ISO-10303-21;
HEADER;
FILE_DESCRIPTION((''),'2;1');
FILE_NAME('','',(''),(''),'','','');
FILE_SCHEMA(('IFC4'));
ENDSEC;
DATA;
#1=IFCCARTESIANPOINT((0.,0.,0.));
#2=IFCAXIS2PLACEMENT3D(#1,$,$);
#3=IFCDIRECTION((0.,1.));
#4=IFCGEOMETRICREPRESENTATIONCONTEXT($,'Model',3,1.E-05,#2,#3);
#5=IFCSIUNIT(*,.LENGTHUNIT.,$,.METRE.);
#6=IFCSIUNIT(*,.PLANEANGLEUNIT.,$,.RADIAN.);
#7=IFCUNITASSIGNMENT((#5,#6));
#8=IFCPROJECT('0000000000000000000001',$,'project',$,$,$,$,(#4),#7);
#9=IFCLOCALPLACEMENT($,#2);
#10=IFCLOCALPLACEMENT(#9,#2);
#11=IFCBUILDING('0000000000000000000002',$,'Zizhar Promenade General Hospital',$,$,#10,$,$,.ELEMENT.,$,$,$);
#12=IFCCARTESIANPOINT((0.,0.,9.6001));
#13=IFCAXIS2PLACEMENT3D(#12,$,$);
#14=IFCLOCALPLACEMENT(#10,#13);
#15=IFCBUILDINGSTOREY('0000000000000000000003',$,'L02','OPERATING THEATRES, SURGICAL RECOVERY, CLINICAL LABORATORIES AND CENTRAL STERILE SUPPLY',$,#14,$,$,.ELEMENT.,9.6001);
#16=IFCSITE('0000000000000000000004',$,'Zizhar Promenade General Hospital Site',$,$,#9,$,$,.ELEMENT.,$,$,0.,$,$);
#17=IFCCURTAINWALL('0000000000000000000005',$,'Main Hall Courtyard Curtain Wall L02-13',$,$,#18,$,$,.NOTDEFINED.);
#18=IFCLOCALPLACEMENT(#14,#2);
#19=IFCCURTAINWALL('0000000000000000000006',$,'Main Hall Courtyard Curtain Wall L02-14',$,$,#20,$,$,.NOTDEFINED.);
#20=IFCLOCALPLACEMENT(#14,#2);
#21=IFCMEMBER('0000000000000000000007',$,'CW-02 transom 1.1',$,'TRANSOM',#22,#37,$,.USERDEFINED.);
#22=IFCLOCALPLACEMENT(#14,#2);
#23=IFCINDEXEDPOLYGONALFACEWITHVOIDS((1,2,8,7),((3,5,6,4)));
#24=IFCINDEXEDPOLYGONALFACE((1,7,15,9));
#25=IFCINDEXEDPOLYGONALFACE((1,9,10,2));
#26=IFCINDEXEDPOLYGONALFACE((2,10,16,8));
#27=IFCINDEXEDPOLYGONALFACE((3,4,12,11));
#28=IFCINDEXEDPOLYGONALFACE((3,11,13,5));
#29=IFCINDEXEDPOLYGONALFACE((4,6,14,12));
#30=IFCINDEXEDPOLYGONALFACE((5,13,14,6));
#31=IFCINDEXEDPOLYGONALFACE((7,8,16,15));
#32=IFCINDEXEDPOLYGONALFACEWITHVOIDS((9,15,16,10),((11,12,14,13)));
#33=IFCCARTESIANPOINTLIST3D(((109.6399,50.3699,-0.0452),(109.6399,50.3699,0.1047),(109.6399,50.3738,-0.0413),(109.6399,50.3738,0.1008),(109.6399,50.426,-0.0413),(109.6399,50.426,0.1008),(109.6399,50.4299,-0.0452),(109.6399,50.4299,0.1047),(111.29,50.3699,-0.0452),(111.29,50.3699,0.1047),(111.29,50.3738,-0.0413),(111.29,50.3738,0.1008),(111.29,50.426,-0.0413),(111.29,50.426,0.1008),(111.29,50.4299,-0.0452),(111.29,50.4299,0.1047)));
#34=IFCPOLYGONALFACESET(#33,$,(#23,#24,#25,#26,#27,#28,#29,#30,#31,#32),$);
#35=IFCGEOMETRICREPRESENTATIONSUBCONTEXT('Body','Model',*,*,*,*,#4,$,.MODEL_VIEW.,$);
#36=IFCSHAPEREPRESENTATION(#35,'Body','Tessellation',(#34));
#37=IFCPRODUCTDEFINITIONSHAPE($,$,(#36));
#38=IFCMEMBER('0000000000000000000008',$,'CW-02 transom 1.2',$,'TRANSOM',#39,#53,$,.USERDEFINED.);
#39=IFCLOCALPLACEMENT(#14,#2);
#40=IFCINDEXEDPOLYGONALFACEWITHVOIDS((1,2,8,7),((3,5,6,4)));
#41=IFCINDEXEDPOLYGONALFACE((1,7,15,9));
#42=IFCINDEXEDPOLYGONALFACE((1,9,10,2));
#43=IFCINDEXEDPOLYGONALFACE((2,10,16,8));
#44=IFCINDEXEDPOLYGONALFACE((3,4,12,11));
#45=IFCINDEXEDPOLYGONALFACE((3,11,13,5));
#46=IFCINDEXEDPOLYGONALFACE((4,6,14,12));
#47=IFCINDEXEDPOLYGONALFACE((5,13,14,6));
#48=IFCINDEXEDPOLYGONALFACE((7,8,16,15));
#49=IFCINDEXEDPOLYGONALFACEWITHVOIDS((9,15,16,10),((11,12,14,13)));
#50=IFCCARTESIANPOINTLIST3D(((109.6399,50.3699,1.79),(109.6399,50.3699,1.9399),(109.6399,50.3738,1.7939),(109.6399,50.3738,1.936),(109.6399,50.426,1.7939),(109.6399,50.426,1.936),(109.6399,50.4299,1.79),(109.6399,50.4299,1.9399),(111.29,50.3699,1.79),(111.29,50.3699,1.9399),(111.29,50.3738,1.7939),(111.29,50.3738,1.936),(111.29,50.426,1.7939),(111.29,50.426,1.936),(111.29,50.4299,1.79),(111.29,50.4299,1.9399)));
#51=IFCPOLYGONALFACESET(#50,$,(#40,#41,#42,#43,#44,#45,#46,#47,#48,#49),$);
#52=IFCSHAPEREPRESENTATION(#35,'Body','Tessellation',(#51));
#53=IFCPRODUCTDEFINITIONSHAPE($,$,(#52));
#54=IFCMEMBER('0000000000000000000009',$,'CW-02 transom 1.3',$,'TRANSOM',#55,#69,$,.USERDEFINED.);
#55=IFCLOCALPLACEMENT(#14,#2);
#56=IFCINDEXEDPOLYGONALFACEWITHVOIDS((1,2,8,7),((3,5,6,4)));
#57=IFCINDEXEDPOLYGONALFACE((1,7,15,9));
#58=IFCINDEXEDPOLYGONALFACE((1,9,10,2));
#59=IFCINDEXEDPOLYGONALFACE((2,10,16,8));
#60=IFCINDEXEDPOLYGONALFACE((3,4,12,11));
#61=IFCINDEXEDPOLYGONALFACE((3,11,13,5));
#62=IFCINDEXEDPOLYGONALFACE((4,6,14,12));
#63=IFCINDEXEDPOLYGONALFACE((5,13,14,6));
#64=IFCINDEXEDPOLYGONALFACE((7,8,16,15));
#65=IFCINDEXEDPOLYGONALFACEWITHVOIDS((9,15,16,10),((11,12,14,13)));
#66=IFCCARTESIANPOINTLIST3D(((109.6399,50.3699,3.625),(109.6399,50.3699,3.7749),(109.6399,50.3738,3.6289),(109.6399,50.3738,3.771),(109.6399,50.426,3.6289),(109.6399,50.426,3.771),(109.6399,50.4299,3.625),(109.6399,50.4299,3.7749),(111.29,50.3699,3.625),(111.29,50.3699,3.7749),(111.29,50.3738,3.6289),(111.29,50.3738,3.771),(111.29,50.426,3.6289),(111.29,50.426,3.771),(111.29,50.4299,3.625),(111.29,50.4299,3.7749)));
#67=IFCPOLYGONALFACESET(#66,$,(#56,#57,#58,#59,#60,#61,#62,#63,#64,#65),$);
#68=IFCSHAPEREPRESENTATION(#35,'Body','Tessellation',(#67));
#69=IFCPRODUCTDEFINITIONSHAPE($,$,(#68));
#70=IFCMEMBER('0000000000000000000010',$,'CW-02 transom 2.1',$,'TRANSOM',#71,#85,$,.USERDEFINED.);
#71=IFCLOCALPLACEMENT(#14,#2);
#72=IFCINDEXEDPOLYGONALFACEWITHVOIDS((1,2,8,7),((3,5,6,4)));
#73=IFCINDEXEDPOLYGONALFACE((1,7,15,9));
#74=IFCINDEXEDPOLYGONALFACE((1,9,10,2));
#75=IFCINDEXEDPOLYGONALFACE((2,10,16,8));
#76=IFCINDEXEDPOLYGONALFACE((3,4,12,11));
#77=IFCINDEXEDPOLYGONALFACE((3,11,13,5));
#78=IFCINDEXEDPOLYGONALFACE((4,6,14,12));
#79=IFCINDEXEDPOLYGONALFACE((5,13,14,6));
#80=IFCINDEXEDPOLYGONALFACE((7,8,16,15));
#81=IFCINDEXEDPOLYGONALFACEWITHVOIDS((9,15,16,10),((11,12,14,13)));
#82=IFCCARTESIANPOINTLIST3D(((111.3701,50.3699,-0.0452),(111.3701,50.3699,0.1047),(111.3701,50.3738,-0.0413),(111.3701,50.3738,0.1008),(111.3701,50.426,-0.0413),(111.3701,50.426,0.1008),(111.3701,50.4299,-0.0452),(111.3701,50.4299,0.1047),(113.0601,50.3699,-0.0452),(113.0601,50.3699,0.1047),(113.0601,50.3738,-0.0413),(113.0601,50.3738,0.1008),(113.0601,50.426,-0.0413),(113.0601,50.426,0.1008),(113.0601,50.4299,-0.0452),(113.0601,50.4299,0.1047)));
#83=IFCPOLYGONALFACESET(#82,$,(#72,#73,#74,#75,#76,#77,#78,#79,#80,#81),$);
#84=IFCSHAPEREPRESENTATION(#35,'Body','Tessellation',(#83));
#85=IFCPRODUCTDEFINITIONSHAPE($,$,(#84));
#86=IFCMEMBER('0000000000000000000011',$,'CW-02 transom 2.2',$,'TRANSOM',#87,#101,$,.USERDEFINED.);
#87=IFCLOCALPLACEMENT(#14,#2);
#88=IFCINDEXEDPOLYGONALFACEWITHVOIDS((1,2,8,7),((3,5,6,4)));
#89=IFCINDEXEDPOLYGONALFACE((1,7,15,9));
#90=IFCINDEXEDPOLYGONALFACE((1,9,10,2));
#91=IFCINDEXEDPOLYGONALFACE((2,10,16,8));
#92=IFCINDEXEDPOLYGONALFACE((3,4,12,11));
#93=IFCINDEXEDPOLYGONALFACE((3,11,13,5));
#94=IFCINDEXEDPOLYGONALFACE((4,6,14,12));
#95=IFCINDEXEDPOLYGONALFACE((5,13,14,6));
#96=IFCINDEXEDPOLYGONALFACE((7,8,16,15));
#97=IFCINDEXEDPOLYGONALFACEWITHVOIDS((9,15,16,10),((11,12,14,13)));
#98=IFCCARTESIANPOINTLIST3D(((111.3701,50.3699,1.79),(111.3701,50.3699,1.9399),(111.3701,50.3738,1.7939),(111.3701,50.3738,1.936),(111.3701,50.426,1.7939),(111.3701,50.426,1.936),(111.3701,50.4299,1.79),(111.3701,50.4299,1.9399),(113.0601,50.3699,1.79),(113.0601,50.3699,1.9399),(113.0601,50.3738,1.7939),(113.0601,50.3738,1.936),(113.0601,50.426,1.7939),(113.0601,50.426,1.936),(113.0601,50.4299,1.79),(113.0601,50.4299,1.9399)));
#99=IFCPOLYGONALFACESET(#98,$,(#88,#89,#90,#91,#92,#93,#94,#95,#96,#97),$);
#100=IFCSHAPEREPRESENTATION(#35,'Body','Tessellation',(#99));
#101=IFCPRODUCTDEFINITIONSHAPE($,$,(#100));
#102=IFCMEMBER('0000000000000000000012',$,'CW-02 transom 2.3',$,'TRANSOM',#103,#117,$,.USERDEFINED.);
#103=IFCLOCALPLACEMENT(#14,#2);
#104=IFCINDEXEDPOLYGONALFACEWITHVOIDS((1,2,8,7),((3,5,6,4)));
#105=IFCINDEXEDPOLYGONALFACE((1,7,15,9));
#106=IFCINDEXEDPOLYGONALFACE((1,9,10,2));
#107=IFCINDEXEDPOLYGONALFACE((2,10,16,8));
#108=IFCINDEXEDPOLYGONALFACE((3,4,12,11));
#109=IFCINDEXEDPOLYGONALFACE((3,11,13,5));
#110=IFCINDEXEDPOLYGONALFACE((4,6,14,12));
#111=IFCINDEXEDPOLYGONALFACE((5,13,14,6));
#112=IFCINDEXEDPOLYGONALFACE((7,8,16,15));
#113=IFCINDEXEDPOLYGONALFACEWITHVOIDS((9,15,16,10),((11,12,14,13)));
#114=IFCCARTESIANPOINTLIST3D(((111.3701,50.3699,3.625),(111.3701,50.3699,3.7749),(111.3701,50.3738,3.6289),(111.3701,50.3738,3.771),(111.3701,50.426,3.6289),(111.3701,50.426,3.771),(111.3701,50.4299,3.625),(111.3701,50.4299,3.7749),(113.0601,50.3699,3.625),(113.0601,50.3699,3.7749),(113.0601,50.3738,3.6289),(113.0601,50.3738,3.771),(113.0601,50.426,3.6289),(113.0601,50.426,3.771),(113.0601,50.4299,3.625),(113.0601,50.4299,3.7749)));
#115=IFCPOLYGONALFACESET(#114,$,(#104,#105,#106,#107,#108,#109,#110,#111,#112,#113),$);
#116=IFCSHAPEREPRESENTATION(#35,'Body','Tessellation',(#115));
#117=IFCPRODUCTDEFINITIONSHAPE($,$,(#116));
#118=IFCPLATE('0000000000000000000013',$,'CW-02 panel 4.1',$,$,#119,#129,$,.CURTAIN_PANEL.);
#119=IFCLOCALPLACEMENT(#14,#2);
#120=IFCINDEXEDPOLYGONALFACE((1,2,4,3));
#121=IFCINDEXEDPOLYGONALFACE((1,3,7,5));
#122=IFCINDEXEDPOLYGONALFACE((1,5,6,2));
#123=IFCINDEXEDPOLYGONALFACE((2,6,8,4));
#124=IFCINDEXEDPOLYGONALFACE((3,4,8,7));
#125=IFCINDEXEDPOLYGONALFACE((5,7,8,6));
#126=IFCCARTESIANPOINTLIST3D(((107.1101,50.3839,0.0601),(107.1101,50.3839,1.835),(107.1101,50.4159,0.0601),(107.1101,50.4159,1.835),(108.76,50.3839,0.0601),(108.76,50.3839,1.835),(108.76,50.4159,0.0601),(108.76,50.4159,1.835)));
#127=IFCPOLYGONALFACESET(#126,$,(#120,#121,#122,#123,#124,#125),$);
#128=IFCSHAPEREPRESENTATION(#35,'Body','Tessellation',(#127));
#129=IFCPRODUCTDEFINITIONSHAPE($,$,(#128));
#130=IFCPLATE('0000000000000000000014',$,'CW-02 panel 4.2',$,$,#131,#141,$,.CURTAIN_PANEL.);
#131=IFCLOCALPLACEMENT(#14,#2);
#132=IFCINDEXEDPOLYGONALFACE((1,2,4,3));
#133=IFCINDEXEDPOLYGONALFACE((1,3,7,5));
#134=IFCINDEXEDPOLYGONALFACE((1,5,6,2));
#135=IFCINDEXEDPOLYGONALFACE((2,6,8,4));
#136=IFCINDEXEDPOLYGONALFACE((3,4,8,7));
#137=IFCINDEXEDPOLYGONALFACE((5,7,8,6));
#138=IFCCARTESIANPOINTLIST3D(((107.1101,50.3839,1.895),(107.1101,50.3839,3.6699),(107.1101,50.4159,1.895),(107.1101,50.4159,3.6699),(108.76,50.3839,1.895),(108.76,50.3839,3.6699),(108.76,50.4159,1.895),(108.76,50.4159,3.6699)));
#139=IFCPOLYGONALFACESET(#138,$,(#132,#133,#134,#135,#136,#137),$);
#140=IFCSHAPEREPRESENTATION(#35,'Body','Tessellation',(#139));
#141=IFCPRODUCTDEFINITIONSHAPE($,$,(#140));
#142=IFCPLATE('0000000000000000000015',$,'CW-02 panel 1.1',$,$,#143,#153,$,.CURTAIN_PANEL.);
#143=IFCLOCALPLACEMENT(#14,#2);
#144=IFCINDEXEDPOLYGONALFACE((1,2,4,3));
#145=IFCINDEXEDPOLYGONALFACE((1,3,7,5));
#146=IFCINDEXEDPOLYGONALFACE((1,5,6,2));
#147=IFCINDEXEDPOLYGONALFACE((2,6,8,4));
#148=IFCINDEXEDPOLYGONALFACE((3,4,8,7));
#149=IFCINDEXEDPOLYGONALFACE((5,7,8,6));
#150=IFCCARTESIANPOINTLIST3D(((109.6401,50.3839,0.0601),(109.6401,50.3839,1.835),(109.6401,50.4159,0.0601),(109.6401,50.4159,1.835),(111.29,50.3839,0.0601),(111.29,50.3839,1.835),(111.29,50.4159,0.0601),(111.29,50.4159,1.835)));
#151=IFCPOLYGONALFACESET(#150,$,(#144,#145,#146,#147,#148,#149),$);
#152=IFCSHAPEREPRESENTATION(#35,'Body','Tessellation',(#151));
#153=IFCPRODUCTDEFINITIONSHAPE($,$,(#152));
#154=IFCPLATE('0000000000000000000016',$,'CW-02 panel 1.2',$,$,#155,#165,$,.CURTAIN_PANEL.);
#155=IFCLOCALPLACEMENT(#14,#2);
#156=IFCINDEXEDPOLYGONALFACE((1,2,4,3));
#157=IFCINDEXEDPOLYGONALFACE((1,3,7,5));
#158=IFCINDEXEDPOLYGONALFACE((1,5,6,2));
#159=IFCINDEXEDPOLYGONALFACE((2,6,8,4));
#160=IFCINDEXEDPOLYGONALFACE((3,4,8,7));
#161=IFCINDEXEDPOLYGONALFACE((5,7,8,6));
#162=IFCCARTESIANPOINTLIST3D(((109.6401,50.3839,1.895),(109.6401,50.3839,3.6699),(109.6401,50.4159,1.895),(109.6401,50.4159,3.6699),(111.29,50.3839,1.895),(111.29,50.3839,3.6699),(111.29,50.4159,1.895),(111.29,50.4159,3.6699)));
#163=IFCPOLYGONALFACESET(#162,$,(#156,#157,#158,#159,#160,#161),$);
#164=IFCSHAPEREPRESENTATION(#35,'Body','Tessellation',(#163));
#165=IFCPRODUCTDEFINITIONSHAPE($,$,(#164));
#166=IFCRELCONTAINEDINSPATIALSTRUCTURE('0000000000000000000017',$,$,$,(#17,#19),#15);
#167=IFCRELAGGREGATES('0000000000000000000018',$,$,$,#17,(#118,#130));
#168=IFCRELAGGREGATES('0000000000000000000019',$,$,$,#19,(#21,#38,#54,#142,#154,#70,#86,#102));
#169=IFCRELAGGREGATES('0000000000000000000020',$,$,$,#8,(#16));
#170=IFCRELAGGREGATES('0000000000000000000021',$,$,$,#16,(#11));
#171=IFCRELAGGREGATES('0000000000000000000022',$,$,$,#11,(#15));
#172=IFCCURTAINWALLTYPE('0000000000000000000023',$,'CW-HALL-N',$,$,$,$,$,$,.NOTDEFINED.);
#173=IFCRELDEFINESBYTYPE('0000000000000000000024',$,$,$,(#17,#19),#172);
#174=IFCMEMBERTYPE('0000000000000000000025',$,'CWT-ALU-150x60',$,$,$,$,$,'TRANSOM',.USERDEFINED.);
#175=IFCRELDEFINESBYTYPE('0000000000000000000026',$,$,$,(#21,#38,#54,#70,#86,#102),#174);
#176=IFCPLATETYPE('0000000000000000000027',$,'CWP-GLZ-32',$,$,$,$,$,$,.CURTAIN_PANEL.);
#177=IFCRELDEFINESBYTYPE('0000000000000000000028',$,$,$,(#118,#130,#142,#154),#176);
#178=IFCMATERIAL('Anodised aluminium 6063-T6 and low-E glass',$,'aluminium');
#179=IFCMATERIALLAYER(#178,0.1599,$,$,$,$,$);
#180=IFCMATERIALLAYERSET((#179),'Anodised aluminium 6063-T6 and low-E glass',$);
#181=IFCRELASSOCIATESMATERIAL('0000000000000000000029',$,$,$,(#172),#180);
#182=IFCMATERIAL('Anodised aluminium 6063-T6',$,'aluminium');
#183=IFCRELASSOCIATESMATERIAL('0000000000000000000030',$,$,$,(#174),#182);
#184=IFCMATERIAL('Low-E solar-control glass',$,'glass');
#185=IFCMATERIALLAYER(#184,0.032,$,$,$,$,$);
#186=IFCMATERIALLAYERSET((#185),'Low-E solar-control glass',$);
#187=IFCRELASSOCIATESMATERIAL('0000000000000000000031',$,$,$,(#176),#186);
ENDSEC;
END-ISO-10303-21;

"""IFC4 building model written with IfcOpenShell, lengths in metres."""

from ifc_helpers import new_model, si_unit, direction, frame, origin, origin_2d, place, context, subcontext, project, spatial, rectangle, hollow_rectangle, extrude, material, layer, layer_set, material_profile, profile_set, type_object, element, aggregate, save


model = new_model("IFC4")

# Units and contexts
model_context = context("Model", 3, precision=1e-05, world=origin(), true_north=direction((0.0, 1.0)))
body_context = subcontext(model_context, "Body", "Model", "MODEL_VIEW")
ifc_project = project(units=[si_unit("LENGTHUNIT", "METRE"), si_unit("PLANEANGLEUNIT", "RADIAN")], contexts=[model_context])

# Site, building, storey
site_placement = place(None, origin())
site = spatial("IfcSite", under=ifc_project, at=site_placement, Name="Zizhar Promenade General Hospital Site", CompositionType="ELEMENT", RefElevation=0.0)
building_placement = place(site_placement, origin())
building = spatial("IfcBuilding", under=site, at=building_placement, Name="Zizhar Promenade General Hospital", CompositionType="ELEMENT")
storey_placement = place(building_placement, frame((0.0, 0.0, 9.6001)))
storey = spatial("IfcBuildingStorey", under=building, at=storey_placement, Name="L02", Description="OPERATING THEATRES, SURGICAL RECOVERY, CLINICAL LABORATORIES AND CENTRAL STERILE SUPPLY", CompositionType="ELEMENT", Elevation=9.6001)

# Curtain walls
ifc_material_1 = material(Name="Anodised aluminium 6063-T6 and low-E glass", Category="aluminium")
ifc_layer_1 = layer(ifc_material_1, 0.1599)
ifc_layer_set_1 = layer_set([ifc_layer_1], Name="Anodised aluminium 6063-T6 and low-E glass")
curtain_wall_type = type_object("IfcCurtainWallType", Name="CW-HALL-N", PredefinedType="NOTDEFINED", material=ifc_layer_set_1)
curtain_wall_1_placement = place(storey_placement, origin())
curtain_wall_1 = element("IfcCurtainWall", 1, at=curtain_wall_1_placement, inside=storey, type_object=curtain_wall_type, Name="Main Hall Courtyard Curtain Wall L02-13", PredefinedType="NOTDEFINED")
curtain_wall_2_placement = place(storey_placement, origin())
curtain_wall_2 = element("IfcCurtainWall", 2, at=curtain_wall_2_placement, inside=storey, type_object=curtain_wall_type, Name="Main Hall Courtyard Curtain Wall L02-14", PredefinedType="NOTDEFINED")

# Members
ifc_material_2 = material(Name="Anodised aluminium 6063-T6", Category="aluminium")
ifc_material_profile_1 = material_profile(ifc_material_2, hollow_rectangle(XDim=0.0601, YDim=0.1499, WallThickness=0.0039, at=origin_2d()))
ifc_profile_set_1 = profile_set([ifc_material_profile_1], Name="Anodised aluminium 6063-T6")
member_type_1 = type_object("IfcMemberType", Name="CWT-ALU-150x60", ElementType="TRANSOM", PredefinedType="USERDEFINED", material=ifc_profile_set_1)
member_1_placement = place(storey_placement, frame((109.6399, 50.3999, 0.0298), z_axis=(1.0, 0.0, 0.0), x_axis=(0.0, 1.0, 0.0)))
member_1 = element("IfcMember", 3, at=member_1_placement, type_object=member_type_1, Name="CW-02 transom 1.1", ObjectType="TRANSOM", PredefinedType="USERDEFINED", context=body_context, shape_type="SweptSolid", body=[
    extrude(hollow_rectangle(XDim=0.0601, YDim=0.1499, WallThickness=0.0039, at=origin_2d()), origin(), (0.0, 0.0, 1.0), 1.6501),
])
member_2_placement = place(storey_placement, frame((109.6399, 50.3999, 1.865), z_axis=(1.0, 0.0, 0.0), x_axis=(0.0, 1.0, 0.0)))
member_2 = element("IfcMember", 4, at=member_2_placement, type_object=member_type_1, Name="CW-02 transom 1.2", ObjectType="TRANSOM", PredefinedType="USERDEFINED", context=body_context, shape_type="SweptSolid", body=[
    extrude(hollow_rectangle(XDim=0.0601, YDim=0.1499, WallThickness=0.0039, at=origin_2d()), origin(), (0.0, 0.0, 1.0), 1.6501),
])
member_3_placement = place(storey_placement, frame((109.6399, 50.3999, 3.7), z_axis=(1.0, 0.0, 0.0), x_axis=(0.0, 1.0, 0.0)))
member_3 = element("IfcMember", 5, at=member_3_placement, type_object=member_type_1, Name="CW-02 transom 1.3", ObjectType="TRANSOM", PredefinedType="USERDEFINED", context=body_context, shape_type="SweptSolid", body=[
    extrude(hollow_rectangle(XDim=0.0601, YDim=0.1499, WallThickness=0.0039, at=origin_2d()), origin(), (0.0, 0.0, 1.0), 1.6501),
])
member_4_placement = place(storey_placement, frame((111.3701, 50.3999, 0.0298), z_axis=(1.0, 0.0, 0.0), x_axis=(0.0, 1.0, 0.0)))
member_4 = element("IfcMember", 6, at=member_4_placement, type_object=member_type_1, Name="CW-02 transom 2.1", ObjectType="TRANSOM", PredefinedType="USERDEFINED", context=body_context, shape_type="SweptSolid", body=[
    extrude(hollow_rectangle(XDim=0.0601, YDim=0.1499, WallThickness=0.0039, at=origin_2d()), origin(), (0.0, 0.0, 1.0), 1.6899),
])
member_5_placement = place(storey_placement, frame((111.3701, 50.3999, 1.865), z_axis=(1.0, 0.0, 0.0), x_axis=(0.0, 1.0, 0.0)))
member_5 = element("IfcMember", 7, at=member_5_placement, type_object=member_type_1, Name="CW-02 transom 2.2", ObjectType="TRANSOM", PredefinedType="USERDEFINED", context=body_context, shape_type="SweptSolid", body=[
    extrude(hollow_rectangle(XDim=0.0601, YDim=0.1499, WallThickness=0.0039, at=origin_2d()), origin(), (0.0, 0.0, 1.0), 1.6899),
])
member_6_placement = place(storey_placement, frame((111.3701, 50.3999, 3.7), z_axis=(1.0, 0.0, 0.0), x_axis=(0.0, 1.0, 0.0)))
member_6 = element("IfcMember", 8, at=member_6_placement, type_object=member_type_1, Name="CW-02 transom 2.3", ObjectType="TRANSOM", PredefinedType="USERDEFINED", context=body_context, shape_type="SweptSolid", body=[
    extrude(hollow_rectangle(XDim=0.0601, YDim=0.1499, WallThickness=0.0039, at=origin_2d()), origin(), (0.0, 0.0, 1.0), 1.6899),
])

# Plates
ifc_material_3 = material(Name="Low-E solar-control glass", Category="glass")
ifc_layer_2 = layer(ifc_material_3, 0.032)
ifc_layer_set_2 = layer_set([ifc_layer_2], Name="Low-E solar-control glass")
plate_type = type_object("IfcPlateType", Name="CWP-GLZ-32", PredefinedType="CURTAIN_PANEL", material=ifc_layer_set_2)
plate_1_placement = place(storey_placement, frame((107.9351, 50.3999, 0.0601), z_axis=(0.0, 0.0, 1.0), x_axis=(1.0, 0.0, 0.0)))
plate_1 = element("IfcPlate", 9, at=plate_1_placement, type_object=plate_type, Name="CW-02 panel 4.1", PredefinedType="CURTAIN_PANEL", context=body_context, shape_type="SweptSolid", body=[
    extrude(rectangle(XDim=1.6499, YDim=0.032, at=origin_2d()), origin(), (0.0, 0.0, 1.0), 1.7749),
])
plate_2_placement = place(storey_placement, frame((107.9351, 50.3999, 1.895), z_axis=(0.0, 0.0, 1.0), x_axis=(1.0, 0.0, 0.0)))
plate_2 = element("IfcPlate", 10, at=plate_2_placement, type_object=plate_type, Name="CW-02 panel 4.2", PredefinedType="CURTAIN_PANEL", context=body_context, shape_type="SweptSolid", body=[
    extrude(rectangle(XDim=1.6499, YDim=0.032, at=origin_2d()), origin(), (0.0, 0.0, 1.0), 1.7749),
])
aggregate(curtain_wall_1, [plate_1, plate_2])
plate_3_placement = place(storey_placement, frame((110.4651, 50.3999, 0.0601), z_axis=(0.0, 0.0, 1.0), x_axis=(1.0, 0.0, 0.0)))
plate_3 = element("IfcPlate", 11, at=plate_3_placement, type_object=plate_type, Name="CW-02 panel 1.1", PredefinedType="CURTAIN_PANEL", context=body_context, shape_type="SweptSolid", body=[
    extrude(rectangle(XDim=1.6499, YDim=0.032, at=origin_2d()), origin(), (0.0, 0.0, 1.0), 1.7749),
])
plate_4_placement = place(storey_placement, frame((110.4651, 50.3999, 1.895), z_axis=(0.0, 0.0, 1.0), x_axis=(1.0, 0.0, 0.0)))
plate_4 = element("IfcPlate", 12, at=plate_4_placement, type_object=plate_type, Name="CW-02 panel 1.2", PredefinedType="CURTAIN_PANEL", context=body_context, shape_type="SweptSolid", body=[
    extrude(rectangle(XDim=1.6499, YDim=0.032, at=origin_2d()), origin(), (0.0, 0.0, 1.0), 1.7749),
])
aggregate(curtain_wall_2, [member_1, member_2, member_3, plate_3, plate_4, member_4, member_5, member_6])

save(model, "model.ifc")
